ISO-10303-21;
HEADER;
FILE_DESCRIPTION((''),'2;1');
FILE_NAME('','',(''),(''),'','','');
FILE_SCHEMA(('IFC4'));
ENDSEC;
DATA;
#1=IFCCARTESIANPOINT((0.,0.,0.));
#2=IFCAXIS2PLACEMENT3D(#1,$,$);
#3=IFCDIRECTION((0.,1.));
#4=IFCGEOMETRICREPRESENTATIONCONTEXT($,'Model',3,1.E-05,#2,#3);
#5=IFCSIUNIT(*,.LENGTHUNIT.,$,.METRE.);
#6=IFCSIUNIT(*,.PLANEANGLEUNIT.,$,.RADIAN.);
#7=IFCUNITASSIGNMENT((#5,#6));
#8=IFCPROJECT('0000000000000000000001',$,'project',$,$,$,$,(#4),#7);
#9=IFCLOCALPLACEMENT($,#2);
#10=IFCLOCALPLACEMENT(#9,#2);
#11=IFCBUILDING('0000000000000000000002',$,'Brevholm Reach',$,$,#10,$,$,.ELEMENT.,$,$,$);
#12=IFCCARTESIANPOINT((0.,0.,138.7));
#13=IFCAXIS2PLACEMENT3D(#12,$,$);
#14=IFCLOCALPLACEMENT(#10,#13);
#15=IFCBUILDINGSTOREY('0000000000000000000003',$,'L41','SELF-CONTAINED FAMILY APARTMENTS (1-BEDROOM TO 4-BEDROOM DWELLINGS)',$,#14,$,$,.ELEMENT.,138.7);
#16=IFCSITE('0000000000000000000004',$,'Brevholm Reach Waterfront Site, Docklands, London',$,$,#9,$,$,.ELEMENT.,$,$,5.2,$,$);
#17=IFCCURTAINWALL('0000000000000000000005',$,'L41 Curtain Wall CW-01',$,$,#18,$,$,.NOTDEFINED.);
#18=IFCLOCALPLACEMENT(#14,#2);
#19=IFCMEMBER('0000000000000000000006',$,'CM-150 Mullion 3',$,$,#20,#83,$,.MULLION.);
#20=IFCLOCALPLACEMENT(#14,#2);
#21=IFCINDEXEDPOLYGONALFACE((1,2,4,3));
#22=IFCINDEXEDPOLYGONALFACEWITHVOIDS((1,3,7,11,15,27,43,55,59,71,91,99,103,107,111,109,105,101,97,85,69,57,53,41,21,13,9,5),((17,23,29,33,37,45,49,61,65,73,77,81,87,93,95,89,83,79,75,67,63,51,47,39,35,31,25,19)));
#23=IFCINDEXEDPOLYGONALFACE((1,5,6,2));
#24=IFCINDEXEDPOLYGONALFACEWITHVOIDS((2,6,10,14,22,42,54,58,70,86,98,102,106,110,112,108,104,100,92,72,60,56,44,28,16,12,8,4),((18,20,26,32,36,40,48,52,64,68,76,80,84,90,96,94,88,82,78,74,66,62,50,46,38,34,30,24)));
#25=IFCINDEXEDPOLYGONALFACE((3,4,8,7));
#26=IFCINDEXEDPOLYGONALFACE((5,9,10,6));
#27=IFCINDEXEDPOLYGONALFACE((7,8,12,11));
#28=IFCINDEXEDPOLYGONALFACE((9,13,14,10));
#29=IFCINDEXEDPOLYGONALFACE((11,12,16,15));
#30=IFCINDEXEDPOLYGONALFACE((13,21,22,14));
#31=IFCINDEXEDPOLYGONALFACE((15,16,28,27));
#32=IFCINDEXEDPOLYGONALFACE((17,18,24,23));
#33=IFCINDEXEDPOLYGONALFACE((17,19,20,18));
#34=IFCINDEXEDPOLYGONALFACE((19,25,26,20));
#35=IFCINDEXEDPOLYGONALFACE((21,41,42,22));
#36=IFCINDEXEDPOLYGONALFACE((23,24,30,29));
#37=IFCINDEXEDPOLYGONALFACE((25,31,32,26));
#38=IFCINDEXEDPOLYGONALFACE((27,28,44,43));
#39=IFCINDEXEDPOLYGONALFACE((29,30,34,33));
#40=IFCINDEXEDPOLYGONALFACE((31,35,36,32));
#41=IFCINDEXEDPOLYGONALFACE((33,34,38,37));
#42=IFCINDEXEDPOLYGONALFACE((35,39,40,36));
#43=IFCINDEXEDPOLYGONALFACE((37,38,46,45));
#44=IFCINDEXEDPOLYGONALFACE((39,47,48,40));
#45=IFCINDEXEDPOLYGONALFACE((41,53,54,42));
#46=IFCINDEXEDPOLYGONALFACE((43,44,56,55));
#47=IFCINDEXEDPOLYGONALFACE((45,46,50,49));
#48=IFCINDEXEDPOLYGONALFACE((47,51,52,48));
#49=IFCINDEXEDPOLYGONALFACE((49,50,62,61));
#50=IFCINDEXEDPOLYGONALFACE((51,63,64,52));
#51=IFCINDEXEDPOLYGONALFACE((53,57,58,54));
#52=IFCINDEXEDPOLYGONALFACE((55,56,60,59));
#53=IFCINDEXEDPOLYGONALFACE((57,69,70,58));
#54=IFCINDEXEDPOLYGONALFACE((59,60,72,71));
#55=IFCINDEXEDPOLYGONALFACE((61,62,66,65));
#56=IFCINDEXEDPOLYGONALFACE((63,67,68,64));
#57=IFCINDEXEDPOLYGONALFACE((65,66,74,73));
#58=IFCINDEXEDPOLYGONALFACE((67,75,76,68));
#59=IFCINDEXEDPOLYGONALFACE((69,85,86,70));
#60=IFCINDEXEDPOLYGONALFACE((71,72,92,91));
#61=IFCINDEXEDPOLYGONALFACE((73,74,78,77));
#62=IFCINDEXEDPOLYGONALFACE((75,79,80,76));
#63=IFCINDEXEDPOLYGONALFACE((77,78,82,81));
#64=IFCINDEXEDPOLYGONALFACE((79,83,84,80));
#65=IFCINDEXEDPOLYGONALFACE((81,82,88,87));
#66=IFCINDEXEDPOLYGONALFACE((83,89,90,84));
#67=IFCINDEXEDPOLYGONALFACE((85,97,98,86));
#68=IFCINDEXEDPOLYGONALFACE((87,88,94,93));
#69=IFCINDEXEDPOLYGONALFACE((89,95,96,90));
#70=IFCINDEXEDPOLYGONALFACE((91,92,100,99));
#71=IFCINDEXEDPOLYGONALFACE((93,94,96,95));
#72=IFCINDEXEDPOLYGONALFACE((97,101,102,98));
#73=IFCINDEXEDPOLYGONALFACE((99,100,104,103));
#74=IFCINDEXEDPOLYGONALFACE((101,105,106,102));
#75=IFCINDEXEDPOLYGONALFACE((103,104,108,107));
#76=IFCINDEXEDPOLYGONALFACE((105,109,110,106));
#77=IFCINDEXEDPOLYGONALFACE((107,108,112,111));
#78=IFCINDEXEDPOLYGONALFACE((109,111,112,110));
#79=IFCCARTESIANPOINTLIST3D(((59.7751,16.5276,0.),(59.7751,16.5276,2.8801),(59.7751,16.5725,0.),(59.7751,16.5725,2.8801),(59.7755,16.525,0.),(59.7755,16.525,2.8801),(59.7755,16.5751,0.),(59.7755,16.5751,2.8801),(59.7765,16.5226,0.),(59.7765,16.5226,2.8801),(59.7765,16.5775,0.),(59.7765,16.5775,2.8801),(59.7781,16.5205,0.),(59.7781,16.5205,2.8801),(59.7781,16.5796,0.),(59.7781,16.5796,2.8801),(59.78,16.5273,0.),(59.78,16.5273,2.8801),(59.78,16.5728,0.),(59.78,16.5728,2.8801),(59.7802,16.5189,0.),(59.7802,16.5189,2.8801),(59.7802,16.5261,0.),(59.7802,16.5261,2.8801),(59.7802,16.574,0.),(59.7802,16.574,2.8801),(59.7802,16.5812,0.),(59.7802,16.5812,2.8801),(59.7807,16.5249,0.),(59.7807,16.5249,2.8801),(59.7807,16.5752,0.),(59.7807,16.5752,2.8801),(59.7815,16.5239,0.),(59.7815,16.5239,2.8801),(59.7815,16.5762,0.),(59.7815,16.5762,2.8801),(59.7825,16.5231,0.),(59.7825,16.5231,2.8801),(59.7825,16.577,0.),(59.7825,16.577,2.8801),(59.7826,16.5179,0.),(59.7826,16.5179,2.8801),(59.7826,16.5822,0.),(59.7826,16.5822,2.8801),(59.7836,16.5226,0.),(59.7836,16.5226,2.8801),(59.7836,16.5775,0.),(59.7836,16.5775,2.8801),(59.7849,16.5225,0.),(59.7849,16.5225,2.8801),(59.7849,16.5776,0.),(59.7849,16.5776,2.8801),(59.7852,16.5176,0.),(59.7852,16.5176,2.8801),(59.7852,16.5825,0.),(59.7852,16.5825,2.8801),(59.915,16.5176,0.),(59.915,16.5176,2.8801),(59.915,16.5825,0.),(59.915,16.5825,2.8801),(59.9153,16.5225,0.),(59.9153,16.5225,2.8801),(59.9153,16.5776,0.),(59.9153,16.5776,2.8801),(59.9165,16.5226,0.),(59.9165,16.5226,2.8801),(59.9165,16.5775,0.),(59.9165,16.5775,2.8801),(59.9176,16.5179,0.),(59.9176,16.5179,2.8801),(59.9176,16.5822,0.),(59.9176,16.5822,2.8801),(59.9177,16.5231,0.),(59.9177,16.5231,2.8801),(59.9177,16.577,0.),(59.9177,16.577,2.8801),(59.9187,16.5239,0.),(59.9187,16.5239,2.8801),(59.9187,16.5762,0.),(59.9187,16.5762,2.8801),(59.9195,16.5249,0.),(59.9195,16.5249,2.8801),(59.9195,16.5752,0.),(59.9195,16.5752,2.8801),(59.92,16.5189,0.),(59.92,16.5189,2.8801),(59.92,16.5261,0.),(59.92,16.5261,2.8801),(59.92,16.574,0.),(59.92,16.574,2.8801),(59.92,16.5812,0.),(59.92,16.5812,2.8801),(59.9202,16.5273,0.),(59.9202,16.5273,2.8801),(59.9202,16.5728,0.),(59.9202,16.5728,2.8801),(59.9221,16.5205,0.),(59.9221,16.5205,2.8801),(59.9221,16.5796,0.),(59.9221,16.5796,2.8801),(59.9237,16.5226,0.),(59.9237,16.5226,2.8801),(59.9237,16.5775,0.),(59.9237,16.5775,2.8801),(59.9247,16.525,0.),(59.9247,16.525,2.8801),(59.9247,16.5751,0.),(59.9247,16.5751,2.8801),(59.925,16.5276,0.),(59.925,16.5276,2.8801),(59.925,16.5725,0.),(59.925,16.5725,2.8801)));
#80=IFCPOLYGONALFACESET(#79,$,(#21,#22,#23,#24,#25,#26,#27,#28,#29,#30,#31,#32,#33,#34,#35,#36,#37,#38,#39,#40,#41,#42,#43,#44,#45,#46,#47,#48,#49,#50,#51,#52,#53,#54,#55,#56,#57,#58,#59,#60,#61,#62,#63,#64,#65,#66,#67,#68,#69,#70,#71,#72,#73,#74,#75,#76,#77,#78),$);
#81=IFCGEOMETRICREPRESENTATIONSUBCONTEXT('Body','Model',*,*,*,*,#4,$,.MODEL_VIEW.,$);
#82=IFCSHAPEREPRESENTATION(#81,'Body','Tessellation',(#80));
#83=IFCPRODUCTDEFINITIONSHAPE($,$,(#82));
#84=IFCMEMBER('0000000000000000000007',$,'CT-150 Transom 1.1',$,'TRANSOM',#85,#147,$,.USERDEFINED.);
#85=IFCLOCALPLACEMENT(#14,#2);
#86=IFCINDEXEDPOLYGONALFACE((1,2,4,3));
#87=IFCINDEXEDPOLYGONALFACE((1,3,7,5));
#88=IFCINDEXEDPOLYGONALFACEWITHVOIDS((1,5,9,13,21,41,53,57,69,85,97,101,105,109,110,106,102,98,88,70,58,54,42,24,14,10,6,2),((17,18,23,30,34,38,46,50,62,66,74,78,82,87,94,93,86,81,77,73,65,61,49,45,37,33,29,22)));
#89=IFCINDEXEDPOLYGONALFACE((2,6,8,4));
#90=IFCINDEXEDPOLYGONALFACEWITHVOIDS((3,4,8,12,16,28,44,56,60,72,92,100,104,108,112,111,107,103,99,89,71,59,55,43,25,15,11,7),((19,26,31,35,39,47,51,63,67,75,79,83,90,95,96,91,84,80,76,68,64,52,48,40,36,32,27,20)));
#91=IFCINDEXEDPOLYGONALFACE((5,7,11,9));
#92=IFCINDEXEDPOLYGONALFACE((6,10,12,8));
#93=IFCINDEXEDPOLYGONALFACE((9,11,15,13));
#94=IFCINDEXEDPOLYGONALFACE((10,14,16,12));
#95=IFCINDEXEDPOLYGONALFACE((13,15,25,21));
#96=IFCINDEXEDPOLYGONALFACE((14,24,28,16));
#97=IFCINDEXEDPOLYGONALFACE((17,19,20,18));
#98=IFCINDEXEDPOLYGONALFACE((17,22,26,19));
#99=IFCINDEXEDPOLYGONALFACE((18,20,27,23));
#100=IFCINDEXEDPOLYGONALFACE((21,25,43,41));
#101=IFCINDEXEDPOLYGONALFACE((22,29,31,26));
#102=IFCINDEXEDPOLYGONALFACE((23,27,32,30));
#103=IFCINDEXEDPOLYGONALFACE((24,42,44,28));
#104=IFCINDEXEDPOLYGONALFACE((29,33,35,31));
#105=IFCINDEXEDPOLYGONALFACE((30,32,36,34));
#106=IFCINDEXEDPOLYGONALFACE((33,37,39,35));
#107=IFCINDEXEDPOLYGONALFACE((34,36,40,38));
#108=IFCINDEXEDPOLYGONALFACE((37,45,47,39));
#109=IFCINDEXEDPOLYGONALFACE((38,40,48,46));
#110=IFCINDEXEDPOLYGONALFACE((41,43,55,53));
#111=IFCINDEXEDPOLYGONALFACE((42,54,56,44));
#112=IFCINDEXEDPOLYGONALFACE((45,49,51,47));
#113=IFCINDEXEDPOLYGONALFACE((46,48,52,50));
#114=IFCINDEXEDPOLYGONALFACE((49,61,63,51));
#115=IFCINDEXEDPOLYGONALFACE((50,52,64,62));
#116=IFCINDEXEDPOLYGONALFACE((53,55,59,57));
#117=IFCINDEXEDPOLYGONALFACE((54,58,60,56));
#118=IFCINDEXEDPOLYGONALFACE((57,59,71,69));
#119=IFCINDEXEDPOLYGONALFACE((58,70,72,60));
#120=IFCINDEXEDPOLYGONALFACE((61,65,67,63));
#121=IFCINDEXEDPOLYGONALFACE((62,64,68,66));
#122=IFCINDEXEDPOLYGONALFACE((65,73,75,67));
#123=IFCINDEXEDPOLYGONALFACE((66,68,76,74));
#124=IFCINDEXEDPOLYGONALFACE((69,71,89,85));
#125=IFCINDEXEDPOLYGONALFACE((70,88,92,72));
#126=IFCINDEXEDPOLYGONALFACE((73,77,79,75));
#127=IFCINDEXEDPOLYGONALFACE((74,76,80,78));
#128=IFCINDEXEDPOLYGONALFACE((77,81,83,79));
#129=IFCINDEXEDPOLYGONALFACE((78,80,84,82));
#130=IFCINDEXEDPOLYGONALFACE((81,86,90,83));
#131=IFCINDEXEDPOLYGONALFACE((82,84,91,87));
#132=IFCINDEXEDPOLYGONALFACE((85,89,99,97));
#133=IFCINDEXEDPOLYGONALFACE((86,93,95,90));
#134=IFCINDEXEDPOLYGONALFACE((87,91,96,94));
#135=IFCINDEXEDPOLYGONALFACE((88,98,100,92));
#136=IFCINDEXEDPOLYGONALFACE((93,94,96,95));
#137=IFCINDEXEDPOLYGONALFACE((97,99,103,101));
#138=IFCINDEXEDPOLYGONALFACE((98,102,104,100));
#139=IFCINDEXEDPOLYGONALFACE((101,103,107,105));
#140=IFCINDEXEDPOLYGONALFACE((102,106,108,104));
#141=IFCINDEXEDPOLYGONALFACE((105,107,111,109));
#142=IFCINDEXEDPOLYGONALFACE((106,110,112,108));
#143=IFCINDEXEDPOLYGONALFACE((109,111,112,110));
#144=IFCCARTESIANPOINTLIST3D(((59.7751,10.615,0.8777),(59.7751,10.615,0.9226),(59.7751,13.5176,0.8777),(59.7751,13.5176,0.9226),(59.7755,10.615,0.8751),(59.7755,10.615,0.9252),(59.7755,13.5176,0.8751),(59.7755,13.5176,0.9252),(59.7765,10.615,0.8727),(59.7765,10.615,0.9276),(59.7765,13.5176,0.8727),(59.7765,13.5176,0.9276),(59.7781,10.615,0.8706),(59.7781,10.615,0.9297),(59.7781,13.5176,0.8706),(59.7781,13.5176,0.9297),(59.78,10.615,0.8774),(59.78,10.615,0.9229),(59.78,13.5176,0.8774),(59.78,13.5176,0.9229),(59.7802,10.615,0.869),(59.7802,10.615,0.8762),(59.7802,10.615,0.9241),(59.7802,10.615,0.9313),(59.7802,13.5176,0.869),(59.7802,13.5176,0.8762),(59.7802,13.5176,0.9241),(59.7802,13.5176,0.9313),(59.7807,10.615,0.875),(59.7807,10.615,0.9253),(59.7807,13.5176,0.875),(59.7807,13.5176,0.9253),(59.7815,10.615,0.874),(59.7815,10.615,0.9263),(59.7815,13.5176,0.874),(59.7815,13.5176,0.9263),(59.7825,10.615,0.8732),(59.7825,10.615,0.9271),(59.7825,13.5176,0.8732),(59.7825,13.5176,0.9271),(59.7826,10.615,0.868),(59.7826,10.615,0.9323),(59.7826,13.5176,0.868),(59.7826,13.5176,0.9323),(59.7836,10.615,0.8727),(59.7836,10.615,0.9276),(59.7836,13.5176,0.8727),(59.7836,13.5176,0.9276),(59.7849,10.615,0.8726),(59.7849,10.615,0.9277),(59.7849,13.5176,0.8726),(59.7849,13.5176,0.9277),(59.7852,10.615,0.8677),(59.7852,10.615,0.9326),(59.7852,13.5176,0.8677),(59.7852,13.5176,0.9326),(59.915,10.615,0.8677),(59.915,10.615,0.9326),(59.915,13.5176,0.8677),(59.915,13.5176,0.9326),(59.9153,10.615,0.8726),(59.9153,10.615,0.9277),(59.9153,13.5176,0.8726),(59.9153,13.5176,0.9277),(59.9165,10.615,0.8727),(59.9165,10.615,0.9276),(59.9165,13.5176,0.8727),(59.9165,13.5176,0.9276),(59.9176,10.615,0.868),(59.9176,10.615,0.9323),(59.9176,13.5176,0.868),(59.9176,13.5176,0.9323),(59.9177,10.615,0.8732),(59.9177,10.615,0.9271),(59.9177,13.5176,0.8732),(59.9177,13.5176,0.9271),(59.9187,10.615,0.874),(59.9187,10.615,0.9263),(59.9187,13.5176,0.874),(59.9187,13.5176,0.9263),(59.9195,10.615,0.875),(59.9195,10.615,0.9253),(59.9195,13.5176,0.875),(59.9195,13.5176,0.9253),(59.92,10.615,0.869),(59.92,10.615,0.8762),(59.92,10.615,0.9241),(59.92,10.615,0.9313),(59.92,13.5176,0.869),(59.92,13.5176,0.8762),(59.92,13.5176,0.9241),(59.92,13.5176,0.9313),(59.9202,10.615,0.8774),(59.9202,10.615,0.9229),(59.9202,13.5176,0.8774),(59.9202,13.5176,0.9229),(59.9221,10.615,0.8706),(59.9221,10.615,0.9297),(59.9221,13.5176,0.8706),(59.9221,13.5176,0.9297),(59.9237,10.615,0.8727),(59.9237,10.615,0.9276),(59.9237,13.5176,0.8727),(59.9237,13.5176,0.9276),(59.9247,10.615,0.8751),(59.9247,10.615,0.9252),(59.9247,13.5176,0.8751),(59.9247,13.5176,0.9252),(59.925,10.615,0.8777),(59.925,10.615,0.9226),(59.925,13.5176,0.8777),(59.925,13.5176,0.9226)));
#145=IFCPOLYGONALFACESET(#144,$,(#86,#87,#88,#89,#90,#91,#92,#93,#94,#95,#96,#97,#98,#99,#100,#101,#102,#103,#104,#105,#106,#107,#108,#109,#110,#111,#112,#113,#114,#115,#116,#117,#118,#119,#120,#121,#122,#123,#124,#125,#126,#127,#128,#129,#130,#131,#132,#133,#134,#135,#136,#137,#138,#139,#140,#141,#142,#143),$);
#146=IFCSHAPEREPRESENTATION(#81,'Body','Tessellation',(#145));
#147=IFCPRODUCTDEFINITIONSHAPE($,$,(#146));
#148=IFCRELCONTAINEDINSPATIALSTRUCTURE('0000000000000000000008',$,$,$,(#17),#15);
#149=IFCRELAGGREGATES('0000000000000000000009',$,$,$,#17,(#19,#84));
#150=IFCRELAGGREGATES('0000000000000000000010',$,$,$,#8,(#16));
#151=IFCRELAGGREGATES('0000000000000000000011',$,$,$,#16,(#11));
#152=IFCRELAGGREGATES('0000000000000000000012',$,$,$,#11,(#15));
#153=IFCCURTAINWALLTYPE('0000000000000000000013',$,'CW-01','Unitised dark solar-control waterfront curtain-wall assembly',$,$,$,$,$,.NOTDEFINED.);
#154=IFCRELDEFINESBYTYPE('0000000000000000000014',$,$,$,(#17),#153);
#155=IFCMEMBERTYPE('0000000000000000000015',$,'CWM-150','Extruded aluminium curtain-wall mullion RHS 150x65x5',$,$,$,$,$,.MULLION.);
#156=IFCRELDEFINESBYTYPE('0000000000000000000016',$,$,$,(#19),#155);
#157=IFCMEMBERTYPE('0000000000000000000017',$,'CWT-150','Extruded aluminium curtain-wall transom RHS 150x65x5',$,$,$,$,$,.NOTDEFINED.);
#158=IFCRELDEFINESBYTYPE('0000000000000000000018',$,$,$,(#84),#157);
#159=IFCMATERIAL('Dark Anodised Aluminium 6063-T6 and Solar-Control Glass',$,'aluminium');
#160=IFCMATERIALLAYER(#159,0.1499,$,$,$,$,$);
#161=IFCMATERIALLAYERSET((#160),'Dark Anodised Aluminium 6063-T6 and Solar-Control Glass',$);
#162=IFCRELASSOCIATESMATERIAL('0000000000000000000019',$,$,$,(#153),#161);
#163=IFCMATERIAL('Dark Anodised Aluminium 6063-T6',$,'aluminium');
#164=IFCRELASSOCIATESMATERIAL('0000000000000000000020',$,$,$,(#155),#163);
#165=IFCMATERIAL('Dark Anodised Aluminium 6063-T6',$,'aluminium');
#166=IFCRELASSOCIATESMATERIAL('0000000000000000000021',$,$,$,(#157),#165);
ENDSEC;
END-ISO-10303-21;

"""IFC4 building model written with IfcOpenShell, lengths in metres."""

from ifc_helpers import new_model, si_unit, direction, frame, origin, origin_2d, place, context, subcontext, project, spatial, hollow_rectangle, extrude, material, layer, layer_set, material_profile, profile_set, type_object, element, aggregate, save


model = new_model("IFC4")

# Units and contexts
model_context = context("Model", 3, precision=1e-05, world=origin(), true_north=direction((0.0, 1.0)))
body_context = subcontext(model_context, "Body", "Model", "MODEL_VIEW")
ifc_project = project(units=[si_unit("LENGTHUNIT", "METRE"), si_unit("PLANEANGLEUNIT", "RADIAN")], contexts=[model_context])

# Site, building, storey
site_placement = place(None, origin())
site = spatial("IfcSite", under=ifc_project, at=site_placement, Name="Brevholm Reach Waterfront Site, Docklands, London", CompositionType="ELEMENT", RefElevation=5.2)
building_placement = place(site_placement, origin())
building = spatial("IfcBuilding", under=site, at=building_placement, Name="Brevholm Reach", CompositionType="ELEMENT")
storey_placement = place(building_placement, frame((0.0, 0.0, 138.7)))
storey = spatial("IfcBuildingStorey", under=building, at=storey_placement, Name="L41", Description="SELF-CONTAINED FAMILY APARTMENTS (1-BEDROOM TO 4-BEDROOM DWELLINGS)", CompositionType="ELEMENT", Elevation=138.7)

# Curtain wall, members
ifc_material_1 = material(Name="Dark Anodised Aluminium 6063-T6 and Solar-Control Glass", Category="aluminium")
ifc_layer_1 = layer(ifc_material_1, 0.1499)
ifc_layer_set_1 = layer_set([ifc_layer_1], Name="Dark Anodised Aluminium 6063-T6 and Solar-Control Glass")
curtain_wall_type = type_object("IfcCurtainWallType", Name="CW-01", Description="Unitised dark solar-control waterfront curtain-wall assembly", PredefinedType="NOTDEFINED", material=ifc_layer_set_1)
curtain_wall_placement = place(storey_placement, origin())
curtain_wall = element("IfcCurtainWall", 1, at=curtain_wall_placement, inside=storey, type_object=curtain_wall_type, Name="L41 Curtain Wall CW-01", PredefinedType="NOTDEFINED")
ifc_material_2 = material(Name="Dark Anodised Aluminium 6063-T6", Category="aluminium")
ifc_material_profile_1 = material_profile(ifc_material_2, hollow_rectangle(XDim=0.0649, YDim=0.1499, WallThickness=0.0049, InnerFilletRadius=0.0049, OuterFilletRadius=0.01, at=origin_2d()), Name="RHS 150x65x5")
ifc_profile_set_1 = profile_set([ifc_material_profile_1], Name="Dark Anodised Aluminium 6063-T6")
member_type_1 = type_object("IfcMemberType", Name="CWM-150", Description="Extruded aluminium curtain-wall mullion RHS 150x65x5", PredefinedType="MULLION", material=ifc_profile_set_1)
member_1_placement = place(storey_placement, frame((59.8501, 16.55, 0.0), z_axis=(0.0, 0.0, 1.0), x_axis=(0.0, 1.0, 0.0)))
member_1 = element("IfcMember", 2, at=member_1_placement, type_object=member_type_1, Name="CM-150 Mullion 3", PredefinedType="MULLION", context=body_context, shape_type="SweptSolid", body=[
    extrude(hollow_rectangle(XDim=0.0649, YDim=0.1499, WallThickness=0.0049, InnerFilletRadius=0.0049, OuterFilletRadius=0.01, at=origin_2d()), origin(), (0.0, 0.0, 1.0), 2.8801),
])
ifc_material_3 = material(Name="Dark Anodised Aluminium 6063-T6", Category="aluminium")
ifc_material_profile_2 = material_profile(ifc_material_3, hollow_rectangle(XDim=0.0649, YDim=0.1499, WallThickness=0.0049, InnerFilletRadius=0.0049, OuterFilletRadius=0.01, at=origin_2d()), Name="RHS 150x65x5")
ifc_profile_set_2 = profile_set([ifc_material_profile_2], Name="Dark Anodised Aluminium 6063-T6")
member_type_2 = type_object("IfcMemberType", Name="CWT-150", Description="Extruded aluminium curtain-wall transom RHS 150x65x5", PredefinedType="NOTDEFINED", material=ifc_profile_set_2)
member_2_placement = place(storey_placement, frame((59.8501, 10.615, 0.9001), z_axis=(0.0, 1.0, 0.0), x_axis=(0.0, 0.0, 1.0)))
member_2 = element("IfcMember", 3, at=member_2_placement, type_object=member_type_2, Name="CT-150 Transom 1.1", ObjectType="TRANSOM", PredefinedType="USERDEFINED", context=body_context, shape_type="SweptSolid", body=[
    extrude(hollow_rectangle(XDim=0.0649, YDim=0.1499, WallThickness=0.0049, InnerFilletRadius=0.0049, OuterFilletRadius=0.01, at=origin_2d()), origin(), (0.0, 0.0, 1.0), 2.9026),
])
aggregate(curtain_wall, [member_1, member_2])

save(model, "model.ifc")
